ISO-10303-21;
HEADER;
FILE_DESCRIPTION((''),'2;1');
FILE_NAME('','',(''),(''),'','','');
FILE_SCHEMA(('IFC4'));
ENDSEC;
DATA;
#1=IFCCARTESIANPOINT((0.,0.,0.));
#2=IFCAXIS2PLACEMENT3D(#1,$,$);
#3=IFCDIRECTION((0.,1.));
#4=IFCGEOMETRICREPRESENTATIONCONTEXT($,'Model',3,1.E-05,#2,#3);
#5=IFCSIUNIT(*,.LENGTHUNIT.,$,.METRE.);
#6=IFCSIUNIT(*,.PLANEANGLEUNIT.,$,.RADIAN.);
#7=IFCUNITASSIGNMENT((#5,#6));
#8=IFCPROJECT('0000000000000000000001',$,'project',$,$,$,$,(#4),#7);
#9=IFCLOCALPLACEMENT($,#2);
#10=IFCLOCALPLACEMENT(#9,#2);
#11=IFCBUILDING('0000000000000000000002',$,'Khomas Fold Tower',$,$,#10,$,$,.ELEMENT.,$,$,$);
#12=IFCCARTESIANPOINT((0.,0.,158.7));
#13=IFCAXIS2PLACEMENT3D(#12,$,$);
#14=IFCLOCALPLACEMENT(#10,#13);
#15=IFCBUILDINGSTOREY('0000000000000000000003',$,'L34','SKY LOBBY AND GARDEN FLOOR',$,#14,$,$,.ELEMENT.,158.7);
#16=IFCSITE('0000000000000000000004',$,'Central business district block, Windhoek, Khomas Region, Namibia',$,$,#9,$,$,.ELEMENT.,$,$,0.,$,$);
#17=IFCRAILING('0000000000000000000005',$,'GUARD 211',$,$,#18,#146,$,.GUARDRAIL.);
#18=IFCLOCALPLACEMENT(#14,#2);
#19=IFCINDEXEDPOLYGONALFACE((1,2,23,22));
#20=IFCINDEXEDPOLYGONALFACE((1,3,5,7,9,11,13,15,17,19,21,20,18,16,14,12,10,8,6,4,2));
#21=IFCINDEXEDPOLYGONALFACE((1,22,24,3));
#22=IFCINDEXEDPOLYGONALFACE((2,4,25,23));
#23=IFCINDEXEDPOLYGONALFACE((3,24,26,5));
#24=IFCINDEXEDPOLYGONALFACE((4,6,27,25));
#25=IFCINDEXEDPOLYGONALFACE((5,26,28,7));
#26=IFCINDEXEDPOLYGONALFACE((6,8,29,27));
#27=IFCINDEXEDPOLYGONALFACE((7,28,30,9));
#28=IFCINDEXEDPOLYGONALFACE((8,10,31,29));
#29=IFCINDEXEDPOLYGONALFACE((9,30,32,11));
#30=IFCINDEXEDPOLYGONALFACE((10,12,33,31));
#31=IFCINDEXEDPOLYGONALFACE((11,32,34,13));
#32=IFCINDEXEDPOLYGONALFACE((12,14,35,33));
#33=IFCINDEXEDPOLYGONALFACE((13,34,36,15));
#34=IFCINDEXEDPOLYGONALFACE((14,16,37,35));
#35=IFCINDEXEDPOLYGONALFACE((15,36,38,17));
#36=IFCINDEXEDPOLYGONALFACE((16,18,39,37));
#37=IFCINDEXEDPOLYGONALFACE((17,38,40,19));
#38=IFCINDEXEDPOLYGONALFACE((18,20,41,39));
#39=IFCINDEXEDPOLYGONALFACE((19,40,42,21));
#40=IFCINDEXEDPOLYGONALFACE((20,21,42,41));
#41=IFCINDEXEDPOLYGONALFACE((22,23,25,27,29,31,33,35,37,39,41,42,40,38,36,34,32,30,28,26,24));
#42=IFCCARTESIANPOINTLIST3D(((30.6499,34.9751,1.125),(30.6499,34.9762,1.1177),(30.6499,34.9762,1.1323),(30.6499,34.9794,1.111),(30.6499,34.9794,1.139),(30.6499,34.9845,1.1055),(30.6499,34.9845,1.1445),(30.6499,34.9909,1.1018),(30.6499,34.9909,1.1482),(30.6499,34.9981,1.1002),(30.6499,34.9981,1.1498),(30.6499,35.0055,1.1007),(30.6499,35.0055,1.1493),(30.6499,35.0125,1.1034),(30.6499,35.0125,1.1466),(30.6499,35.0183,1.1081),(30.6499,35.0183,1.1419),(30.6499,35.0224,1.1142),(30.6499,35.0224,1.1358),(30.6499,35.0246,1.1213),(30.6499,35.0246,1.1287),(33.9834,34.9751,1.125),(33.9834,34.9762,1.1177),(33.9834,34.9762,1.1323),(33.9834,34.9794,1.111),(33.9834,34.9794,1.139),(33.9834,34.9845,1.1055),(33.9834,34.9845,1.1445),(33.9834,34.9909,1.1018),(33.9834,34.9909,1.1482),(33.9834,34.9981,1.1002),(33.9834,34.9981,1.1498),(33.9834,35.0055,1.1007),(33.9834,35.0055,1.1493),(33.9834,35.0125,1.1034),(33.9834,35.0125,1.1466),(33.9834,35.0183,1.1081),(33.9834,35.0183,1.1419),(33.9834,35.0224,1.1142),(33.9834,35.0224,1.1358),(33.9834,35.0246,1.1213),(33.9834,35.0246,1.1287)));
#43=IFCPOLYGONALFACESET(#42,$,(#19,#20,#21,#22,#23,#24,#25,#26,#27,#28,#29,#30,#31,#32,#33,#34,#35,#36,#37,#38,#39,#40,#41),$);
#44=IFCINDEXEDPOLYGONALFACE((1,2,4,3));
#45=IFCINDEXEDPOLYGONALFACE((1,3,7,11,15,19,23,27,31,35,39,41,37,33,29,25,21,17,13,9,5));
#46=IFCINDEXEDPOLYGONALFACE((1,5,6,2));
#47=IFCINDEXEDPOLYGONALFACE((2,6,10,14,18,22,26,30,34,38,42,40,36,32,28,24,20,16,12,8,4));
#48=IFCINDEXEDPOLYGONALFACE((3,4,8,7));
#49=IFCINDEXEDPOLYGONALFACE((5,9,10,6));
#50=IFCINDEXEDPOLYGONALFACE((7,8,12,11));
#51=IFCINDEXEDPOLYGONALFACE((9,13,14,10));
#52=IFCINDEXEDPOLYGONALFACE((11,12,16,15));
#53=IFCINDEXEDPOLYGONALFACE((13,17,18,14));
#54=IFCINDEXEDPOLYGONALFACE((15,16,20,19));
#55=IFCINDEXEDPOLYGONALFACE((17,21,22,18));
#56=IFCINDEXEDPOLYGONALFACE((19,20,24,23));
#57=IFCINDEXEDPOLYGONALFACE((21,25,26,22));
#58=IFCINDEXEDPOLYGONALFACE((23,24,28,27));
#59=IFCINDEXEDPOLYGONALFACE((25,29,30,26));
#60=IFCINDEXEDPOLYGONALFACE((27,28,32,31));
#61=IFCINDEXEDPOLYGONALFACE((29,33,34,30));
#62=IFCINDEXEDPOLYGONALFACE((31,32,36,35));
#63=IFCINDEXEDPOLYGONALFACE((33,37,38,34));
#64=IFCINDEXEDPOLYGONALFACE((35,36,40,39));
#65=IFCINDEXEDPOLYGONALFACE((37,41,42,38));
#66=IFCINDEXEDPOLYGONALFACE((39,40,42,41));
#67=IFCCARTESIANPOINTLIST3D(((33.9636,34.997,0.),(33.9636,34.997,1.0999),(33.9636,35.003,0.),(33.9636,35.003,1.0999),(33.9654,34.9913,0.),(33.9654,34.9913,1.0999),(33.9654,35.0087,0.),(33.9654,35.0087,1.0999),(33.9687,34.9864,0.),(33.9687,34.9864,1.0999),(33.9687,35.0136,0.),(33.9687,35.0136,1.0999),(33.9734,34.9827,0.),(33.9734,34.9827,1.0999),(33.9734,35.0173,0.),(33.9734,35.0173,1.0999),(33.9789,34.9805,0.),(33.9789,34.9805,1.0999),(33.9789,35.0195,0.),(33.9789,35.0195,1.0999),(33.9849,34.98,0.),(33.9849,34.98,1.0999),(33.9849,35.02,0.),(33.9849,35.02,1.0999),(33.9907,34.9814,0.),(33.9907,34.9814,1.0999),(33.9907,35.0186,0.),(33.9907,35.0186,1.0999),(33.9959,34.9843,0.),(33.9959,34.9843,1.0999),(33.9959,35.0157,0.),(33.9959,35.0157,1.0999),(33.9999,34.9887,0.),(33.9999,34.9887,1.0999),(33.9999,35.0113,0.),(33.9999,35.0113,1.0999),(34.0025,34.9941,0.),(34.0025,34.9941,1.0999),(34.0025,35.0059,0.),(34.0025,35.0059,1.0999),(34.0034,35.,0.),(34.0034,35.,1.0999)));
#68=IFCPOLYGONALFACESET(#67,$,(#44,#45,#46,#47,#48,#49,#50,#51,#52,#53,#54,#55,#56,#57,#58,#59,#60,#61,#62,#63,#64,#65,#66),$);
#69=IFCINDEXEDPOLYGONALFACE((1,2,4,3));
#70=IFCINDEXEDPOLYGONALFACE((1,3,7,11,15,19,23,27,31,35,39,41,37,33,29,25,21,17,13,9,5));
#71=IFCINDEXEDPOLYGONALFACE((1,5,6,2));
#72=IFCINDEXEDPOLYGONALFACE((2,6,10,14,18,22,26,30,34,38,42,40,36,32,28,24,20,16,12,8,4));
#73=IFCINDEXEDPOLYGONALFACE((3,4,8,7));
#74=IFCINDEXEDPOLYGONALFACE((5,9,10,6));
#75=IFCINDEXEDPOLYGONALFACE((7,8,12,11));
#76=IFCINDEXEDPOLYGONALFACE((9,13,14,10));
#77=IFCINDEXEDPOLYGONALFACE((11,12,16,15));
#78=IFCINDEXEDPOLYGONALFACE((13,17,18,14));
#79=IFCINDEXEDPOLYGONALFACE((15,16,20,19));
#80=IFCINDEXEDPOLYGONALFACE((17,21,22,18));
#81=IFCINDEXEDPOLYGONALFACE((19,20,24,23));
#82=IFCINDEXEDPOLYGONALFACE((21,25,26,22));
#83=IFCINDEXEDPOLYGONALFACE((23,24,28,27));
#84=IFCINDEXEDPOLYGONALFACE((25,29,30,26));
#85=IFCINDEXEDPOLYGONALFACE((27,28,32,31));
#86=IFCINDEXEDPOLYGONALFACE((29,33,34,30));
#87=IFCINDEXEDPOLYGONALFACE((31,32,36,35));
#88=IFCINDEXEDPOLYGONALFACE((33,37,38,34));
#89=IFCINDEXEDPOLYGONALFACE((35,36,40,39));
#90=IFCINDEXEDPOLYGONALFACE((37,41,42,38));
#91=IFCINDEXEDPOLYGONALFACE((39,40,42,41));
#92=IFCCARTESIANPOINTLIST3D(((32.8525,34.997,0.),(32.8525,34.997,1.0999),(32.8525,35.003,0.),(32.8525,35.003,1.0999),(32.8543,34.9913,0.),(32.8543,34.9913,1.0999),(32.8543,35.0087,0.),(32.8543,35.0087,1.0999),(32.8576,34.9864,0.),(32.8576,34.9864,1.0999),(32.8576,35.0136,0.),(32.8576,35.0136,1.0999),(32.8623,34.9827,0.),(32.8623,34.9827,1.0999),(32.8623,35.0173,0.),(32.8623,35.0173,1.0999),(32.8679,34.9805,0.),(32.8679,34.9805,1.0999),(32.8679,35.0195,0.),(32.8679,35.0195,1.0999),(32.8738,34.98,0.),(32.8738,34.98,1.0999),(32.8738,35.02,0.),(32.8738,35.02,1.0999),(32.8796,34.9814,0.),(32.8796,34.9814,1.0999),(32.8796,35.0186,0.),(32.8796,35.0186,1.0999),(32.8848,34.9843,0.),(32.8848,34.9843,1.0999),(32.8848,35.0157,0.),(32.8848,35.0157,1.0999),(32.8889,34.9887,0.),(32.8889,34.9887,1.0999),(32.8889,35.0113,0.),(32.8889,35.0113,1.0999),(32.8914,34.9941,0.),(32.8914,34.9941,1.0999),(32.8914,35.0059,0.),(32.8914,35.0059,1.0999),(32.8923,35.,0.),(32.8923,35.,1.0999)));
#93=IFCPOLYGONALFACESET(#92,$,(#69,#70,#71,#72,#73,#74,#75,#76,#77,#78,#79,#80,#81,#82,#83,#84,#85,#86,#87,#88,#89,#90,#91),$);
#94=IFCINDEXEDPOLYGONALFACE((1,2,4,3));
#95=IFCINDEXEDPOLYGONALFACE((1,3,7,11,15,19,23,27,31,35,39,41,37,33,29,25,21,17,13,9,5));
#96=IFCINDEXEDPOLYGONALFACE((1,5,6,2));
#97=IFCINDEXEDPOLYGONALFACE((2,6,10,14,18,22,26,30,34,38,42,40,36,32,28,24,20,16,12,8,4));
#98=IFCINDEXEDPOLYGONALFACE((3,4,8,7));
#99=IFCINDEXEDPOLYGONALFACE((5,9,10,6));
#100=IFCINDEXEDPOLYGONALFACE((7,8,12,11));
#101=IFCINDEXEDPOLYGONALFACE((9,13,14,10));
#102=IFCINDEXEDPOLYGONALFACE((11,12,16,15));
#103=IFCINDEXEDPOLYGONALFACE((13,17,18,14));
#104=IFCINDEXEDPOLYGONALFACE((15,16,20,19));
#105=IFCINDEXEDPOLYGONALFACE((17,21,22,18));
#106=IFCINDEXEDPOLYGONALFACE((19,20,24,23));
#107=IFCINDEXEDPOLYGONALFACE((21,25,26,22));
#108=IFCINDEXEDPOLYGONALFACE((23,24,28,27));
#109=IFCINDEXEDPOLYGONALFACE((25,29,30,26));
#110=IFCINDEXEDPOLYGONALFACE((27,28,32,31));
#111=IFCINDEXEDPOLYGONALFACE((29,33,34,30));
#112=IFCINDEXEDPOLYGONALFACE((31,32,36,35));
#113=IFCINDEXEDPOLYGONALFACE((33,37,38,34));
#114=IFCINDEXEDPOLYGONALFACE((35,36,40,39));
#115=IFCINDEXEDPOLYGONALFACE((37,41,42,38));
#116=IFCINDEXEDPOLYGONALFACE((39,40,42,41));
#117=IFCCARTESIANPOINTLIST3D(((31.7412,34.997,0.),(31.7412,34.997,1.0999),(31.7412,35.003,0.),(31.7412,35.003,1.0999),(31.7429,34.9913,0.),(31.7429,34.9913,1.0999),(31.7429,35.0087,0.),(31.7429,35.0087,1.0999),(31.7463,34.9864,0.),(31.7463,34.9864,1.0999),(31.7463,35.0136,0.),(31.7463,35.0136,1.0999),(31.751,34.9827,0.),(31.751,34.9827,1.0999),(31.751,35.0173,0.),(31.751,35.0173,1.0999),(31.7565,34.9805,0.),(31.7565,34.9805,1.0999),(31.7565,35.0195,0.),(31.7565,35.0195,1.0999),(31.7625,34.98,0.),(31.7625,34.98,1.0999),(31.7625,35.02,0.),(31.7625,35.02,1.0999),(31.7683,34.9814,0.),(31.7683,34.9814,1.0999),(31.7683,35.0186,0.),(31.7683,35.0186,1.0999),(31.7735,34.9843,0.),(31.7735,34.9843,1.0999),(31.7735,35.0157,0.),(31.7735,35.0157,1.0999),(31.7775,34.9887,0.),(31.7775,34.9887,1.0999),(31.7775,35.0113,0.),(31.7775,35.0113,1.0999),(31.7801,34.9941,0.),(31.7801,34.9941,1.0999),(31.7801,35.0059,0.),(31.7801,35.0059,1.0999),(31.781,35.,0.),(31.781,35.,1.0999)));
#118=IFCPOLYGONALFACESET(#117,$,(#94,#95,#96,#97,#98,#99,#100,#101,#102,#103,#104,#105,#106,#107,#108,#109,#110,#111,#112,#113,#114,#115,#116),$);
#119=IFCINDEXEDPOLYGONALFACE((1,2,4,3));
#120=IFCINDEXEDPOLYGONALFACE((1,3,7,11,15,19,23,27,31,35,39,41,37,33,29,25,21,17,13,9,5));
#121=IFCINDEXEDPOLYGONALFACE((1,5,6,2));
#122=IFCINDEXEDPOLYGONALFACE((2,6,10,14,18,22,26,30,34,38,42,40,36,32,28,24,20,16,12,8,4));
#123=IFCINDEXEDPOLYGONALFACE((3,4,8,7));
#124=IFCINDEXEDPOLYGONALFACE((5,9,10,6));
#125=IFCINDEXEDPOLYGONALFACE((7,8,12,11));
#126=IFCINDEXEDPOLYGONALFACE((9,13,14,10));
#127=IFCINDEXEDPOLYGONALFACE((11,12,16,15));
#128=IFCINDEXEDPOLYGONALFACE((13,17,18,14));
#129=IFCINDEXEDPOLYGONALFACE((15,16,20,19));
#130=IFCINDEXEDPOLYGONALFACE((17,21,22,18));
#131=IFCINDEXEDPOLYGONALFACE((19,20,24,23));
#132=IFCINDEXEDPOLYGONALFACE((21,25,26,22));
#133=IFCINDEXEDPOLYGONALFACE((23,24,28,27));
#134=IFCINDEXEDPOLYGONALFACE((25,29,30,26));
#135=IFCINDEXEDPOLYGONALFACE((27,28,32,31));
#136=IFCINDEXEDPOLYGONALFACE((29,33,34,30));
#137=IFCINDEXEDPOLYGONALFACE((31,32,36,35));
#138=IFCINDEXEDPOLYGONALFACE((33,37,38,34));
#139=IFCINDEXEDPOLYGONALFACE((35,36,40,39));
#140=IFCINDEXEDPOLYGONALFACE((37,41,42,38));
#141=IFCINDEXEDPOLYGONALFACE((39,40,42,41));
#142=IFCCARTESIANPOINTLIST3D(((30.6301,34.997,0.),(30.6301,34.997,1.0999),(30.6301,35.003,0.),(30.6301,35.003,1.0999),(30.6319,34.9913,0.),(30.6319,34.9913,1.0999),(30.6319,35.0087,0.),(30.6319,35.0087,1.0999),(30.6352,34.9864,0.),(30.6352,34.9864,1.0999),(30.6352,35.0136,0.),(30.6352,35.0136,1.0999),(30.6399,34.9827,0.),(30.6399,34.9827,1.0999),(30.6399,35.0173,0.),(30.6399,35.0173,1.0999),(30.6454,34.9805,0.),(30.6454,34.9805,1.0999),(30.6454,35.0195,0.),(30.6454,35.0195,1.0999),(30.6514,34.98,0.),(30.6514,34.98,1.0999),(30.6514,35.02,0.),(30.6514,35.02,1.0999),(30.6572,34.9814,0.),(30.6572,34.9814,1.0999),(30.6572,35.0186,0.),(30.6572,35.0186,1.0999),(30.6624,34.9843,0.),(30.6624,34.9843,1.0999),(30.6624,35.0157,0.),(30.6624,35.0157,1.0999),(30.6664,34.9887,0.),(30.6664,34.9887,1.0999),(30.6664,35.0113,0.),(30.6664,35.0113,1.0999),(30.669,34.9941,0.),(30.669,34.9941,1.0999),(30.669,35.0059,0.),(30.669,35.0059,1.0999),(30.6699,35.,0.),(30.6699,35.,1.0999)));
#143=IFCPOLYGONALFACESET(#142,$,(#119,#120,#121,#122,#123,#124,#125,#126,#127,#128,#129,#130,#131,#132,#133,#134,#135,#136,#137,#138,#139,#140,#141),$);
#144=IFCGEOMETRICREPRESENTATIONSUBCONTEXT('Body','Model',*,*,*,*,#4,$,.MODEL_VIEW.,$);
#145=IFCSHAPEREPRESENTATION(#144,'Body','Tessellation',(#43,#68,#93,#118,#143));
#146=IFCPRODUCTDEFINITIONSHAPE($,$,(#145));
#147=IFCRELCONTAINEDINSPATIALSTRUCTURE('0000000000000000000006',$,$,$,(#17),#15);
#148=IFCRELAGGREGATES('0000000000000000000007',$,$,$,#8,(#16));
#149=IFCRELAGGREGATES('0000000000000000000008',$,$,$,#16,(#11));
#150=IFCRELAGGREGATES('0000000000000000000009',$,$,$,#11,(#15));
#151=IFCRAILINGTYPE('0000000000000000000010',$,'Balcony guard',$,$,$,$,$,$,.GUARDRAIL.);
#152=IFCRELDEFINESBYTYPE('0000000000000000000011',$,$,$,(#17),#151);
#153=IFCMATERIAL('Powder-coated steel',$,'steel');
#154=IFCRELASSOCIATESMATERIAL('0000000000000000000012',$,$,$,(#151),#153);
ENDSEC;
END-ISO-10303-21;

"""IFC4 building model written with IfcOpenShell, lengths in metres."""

from ifc_helpers import new_model, si_unit, direction, frame, origin, origin_2d, place, context, subcontext, project, spatial, circle, extrude, source, transform, mapped, material, type_object, element, save


model = new_model("IFC4")

# Units and contexts
model_context = context("Model", 3, precision=1e-05, world=origin(), true_north=direction((0.0, 1.0)))
body_context = subcontext(model_context, "Body", "Model", "MODEL_VIEW")
ifc_project = project(units=[si_unit("LENGTHUNIT", "METRE"), si_unit("PLANEANGLEUNIT", "RADIAN")], contexts=[model_context])

# Site, building, storey
site_placement = place(None, origin())
site = spatial("IfcSite", under=ifc_project, at=site_placement, Name="Central business district block, Windhoek, Khomas Region, Namibia", CompositionType="ELEMENT", RefElevation=0.0)
building_placement = place(site_placement, origin())
building = spatial("IfcBuilding", under=site, at=building_placement, Name="Khomas Fold Tower", CompositionType="ELEMENT")
storey_placement = place(building_placement, frame((0.0, 0.0, 158.7)))
storey = spatial("IfcBuildingStorey", under=building, at=storey_placement, Name="L34", Description="SKY LOBBY AND GARDEN FLOOR", CompositionType="ELEMENT", Elevation=158.7)

# Railing
ifc_material_1 = material(Name="Powder-coated steel", Category="steel")
railing_type = type_object("IfcRailingType", Name="Balcony guard", PredefinedType="GUARDRAIL", material=ifc_material_1)
shared_shape_1 = source(origin(), body_context, "Body", "SweptSolid", [
    extrude(circle(Radius=0.0249, at=origin_2d()), frame((0.0, 0.0, 1.125), z_axis=(-1.0, 0.0, 0.0), x_axis=(0.0, -1.0, 0.0)), (0.0, 0.0, 1.0), 3.3335),
    extrude(circle(Radius=0.02, at=origin_2d()), origin(), (0.0, 0.0, 1.0), 1.0999),
    extrude(circle(Radius=0.02, at=origin_2d()), frame((-1.1111, 0.0, 0.0)), (0.0, 0.0, 1.0), 1.0999),
    extrude(circle(Radius=0.02, at=origin_2d()), frame((-2.2224, 0.0, 0.0)), (0.0, 0.0, 1.0), 1.0999),
    extrude(circle(Radius=0.02, at=origin_2d()), frame((-3.3335, 0.0, 0.0)), (0.0, 0.0, 1.0), 1.0999),
])
for number, where, name in (
    (1, (33.9834, 35.0, 0.0), "GUARD 211"),
):
    element("IfcRailing", number, at=place(storey_placement, frame(where)), inside=storey, type_object=railing_type, Name=name, PredefinedType="GUARDRAIL", context=body_context, shape_type="MappedRepresentation", body=[
        mapped(shared_shape_1, transform((0.0, 0.0, 0.0))),
    ])

save(model, "model.ifc")
